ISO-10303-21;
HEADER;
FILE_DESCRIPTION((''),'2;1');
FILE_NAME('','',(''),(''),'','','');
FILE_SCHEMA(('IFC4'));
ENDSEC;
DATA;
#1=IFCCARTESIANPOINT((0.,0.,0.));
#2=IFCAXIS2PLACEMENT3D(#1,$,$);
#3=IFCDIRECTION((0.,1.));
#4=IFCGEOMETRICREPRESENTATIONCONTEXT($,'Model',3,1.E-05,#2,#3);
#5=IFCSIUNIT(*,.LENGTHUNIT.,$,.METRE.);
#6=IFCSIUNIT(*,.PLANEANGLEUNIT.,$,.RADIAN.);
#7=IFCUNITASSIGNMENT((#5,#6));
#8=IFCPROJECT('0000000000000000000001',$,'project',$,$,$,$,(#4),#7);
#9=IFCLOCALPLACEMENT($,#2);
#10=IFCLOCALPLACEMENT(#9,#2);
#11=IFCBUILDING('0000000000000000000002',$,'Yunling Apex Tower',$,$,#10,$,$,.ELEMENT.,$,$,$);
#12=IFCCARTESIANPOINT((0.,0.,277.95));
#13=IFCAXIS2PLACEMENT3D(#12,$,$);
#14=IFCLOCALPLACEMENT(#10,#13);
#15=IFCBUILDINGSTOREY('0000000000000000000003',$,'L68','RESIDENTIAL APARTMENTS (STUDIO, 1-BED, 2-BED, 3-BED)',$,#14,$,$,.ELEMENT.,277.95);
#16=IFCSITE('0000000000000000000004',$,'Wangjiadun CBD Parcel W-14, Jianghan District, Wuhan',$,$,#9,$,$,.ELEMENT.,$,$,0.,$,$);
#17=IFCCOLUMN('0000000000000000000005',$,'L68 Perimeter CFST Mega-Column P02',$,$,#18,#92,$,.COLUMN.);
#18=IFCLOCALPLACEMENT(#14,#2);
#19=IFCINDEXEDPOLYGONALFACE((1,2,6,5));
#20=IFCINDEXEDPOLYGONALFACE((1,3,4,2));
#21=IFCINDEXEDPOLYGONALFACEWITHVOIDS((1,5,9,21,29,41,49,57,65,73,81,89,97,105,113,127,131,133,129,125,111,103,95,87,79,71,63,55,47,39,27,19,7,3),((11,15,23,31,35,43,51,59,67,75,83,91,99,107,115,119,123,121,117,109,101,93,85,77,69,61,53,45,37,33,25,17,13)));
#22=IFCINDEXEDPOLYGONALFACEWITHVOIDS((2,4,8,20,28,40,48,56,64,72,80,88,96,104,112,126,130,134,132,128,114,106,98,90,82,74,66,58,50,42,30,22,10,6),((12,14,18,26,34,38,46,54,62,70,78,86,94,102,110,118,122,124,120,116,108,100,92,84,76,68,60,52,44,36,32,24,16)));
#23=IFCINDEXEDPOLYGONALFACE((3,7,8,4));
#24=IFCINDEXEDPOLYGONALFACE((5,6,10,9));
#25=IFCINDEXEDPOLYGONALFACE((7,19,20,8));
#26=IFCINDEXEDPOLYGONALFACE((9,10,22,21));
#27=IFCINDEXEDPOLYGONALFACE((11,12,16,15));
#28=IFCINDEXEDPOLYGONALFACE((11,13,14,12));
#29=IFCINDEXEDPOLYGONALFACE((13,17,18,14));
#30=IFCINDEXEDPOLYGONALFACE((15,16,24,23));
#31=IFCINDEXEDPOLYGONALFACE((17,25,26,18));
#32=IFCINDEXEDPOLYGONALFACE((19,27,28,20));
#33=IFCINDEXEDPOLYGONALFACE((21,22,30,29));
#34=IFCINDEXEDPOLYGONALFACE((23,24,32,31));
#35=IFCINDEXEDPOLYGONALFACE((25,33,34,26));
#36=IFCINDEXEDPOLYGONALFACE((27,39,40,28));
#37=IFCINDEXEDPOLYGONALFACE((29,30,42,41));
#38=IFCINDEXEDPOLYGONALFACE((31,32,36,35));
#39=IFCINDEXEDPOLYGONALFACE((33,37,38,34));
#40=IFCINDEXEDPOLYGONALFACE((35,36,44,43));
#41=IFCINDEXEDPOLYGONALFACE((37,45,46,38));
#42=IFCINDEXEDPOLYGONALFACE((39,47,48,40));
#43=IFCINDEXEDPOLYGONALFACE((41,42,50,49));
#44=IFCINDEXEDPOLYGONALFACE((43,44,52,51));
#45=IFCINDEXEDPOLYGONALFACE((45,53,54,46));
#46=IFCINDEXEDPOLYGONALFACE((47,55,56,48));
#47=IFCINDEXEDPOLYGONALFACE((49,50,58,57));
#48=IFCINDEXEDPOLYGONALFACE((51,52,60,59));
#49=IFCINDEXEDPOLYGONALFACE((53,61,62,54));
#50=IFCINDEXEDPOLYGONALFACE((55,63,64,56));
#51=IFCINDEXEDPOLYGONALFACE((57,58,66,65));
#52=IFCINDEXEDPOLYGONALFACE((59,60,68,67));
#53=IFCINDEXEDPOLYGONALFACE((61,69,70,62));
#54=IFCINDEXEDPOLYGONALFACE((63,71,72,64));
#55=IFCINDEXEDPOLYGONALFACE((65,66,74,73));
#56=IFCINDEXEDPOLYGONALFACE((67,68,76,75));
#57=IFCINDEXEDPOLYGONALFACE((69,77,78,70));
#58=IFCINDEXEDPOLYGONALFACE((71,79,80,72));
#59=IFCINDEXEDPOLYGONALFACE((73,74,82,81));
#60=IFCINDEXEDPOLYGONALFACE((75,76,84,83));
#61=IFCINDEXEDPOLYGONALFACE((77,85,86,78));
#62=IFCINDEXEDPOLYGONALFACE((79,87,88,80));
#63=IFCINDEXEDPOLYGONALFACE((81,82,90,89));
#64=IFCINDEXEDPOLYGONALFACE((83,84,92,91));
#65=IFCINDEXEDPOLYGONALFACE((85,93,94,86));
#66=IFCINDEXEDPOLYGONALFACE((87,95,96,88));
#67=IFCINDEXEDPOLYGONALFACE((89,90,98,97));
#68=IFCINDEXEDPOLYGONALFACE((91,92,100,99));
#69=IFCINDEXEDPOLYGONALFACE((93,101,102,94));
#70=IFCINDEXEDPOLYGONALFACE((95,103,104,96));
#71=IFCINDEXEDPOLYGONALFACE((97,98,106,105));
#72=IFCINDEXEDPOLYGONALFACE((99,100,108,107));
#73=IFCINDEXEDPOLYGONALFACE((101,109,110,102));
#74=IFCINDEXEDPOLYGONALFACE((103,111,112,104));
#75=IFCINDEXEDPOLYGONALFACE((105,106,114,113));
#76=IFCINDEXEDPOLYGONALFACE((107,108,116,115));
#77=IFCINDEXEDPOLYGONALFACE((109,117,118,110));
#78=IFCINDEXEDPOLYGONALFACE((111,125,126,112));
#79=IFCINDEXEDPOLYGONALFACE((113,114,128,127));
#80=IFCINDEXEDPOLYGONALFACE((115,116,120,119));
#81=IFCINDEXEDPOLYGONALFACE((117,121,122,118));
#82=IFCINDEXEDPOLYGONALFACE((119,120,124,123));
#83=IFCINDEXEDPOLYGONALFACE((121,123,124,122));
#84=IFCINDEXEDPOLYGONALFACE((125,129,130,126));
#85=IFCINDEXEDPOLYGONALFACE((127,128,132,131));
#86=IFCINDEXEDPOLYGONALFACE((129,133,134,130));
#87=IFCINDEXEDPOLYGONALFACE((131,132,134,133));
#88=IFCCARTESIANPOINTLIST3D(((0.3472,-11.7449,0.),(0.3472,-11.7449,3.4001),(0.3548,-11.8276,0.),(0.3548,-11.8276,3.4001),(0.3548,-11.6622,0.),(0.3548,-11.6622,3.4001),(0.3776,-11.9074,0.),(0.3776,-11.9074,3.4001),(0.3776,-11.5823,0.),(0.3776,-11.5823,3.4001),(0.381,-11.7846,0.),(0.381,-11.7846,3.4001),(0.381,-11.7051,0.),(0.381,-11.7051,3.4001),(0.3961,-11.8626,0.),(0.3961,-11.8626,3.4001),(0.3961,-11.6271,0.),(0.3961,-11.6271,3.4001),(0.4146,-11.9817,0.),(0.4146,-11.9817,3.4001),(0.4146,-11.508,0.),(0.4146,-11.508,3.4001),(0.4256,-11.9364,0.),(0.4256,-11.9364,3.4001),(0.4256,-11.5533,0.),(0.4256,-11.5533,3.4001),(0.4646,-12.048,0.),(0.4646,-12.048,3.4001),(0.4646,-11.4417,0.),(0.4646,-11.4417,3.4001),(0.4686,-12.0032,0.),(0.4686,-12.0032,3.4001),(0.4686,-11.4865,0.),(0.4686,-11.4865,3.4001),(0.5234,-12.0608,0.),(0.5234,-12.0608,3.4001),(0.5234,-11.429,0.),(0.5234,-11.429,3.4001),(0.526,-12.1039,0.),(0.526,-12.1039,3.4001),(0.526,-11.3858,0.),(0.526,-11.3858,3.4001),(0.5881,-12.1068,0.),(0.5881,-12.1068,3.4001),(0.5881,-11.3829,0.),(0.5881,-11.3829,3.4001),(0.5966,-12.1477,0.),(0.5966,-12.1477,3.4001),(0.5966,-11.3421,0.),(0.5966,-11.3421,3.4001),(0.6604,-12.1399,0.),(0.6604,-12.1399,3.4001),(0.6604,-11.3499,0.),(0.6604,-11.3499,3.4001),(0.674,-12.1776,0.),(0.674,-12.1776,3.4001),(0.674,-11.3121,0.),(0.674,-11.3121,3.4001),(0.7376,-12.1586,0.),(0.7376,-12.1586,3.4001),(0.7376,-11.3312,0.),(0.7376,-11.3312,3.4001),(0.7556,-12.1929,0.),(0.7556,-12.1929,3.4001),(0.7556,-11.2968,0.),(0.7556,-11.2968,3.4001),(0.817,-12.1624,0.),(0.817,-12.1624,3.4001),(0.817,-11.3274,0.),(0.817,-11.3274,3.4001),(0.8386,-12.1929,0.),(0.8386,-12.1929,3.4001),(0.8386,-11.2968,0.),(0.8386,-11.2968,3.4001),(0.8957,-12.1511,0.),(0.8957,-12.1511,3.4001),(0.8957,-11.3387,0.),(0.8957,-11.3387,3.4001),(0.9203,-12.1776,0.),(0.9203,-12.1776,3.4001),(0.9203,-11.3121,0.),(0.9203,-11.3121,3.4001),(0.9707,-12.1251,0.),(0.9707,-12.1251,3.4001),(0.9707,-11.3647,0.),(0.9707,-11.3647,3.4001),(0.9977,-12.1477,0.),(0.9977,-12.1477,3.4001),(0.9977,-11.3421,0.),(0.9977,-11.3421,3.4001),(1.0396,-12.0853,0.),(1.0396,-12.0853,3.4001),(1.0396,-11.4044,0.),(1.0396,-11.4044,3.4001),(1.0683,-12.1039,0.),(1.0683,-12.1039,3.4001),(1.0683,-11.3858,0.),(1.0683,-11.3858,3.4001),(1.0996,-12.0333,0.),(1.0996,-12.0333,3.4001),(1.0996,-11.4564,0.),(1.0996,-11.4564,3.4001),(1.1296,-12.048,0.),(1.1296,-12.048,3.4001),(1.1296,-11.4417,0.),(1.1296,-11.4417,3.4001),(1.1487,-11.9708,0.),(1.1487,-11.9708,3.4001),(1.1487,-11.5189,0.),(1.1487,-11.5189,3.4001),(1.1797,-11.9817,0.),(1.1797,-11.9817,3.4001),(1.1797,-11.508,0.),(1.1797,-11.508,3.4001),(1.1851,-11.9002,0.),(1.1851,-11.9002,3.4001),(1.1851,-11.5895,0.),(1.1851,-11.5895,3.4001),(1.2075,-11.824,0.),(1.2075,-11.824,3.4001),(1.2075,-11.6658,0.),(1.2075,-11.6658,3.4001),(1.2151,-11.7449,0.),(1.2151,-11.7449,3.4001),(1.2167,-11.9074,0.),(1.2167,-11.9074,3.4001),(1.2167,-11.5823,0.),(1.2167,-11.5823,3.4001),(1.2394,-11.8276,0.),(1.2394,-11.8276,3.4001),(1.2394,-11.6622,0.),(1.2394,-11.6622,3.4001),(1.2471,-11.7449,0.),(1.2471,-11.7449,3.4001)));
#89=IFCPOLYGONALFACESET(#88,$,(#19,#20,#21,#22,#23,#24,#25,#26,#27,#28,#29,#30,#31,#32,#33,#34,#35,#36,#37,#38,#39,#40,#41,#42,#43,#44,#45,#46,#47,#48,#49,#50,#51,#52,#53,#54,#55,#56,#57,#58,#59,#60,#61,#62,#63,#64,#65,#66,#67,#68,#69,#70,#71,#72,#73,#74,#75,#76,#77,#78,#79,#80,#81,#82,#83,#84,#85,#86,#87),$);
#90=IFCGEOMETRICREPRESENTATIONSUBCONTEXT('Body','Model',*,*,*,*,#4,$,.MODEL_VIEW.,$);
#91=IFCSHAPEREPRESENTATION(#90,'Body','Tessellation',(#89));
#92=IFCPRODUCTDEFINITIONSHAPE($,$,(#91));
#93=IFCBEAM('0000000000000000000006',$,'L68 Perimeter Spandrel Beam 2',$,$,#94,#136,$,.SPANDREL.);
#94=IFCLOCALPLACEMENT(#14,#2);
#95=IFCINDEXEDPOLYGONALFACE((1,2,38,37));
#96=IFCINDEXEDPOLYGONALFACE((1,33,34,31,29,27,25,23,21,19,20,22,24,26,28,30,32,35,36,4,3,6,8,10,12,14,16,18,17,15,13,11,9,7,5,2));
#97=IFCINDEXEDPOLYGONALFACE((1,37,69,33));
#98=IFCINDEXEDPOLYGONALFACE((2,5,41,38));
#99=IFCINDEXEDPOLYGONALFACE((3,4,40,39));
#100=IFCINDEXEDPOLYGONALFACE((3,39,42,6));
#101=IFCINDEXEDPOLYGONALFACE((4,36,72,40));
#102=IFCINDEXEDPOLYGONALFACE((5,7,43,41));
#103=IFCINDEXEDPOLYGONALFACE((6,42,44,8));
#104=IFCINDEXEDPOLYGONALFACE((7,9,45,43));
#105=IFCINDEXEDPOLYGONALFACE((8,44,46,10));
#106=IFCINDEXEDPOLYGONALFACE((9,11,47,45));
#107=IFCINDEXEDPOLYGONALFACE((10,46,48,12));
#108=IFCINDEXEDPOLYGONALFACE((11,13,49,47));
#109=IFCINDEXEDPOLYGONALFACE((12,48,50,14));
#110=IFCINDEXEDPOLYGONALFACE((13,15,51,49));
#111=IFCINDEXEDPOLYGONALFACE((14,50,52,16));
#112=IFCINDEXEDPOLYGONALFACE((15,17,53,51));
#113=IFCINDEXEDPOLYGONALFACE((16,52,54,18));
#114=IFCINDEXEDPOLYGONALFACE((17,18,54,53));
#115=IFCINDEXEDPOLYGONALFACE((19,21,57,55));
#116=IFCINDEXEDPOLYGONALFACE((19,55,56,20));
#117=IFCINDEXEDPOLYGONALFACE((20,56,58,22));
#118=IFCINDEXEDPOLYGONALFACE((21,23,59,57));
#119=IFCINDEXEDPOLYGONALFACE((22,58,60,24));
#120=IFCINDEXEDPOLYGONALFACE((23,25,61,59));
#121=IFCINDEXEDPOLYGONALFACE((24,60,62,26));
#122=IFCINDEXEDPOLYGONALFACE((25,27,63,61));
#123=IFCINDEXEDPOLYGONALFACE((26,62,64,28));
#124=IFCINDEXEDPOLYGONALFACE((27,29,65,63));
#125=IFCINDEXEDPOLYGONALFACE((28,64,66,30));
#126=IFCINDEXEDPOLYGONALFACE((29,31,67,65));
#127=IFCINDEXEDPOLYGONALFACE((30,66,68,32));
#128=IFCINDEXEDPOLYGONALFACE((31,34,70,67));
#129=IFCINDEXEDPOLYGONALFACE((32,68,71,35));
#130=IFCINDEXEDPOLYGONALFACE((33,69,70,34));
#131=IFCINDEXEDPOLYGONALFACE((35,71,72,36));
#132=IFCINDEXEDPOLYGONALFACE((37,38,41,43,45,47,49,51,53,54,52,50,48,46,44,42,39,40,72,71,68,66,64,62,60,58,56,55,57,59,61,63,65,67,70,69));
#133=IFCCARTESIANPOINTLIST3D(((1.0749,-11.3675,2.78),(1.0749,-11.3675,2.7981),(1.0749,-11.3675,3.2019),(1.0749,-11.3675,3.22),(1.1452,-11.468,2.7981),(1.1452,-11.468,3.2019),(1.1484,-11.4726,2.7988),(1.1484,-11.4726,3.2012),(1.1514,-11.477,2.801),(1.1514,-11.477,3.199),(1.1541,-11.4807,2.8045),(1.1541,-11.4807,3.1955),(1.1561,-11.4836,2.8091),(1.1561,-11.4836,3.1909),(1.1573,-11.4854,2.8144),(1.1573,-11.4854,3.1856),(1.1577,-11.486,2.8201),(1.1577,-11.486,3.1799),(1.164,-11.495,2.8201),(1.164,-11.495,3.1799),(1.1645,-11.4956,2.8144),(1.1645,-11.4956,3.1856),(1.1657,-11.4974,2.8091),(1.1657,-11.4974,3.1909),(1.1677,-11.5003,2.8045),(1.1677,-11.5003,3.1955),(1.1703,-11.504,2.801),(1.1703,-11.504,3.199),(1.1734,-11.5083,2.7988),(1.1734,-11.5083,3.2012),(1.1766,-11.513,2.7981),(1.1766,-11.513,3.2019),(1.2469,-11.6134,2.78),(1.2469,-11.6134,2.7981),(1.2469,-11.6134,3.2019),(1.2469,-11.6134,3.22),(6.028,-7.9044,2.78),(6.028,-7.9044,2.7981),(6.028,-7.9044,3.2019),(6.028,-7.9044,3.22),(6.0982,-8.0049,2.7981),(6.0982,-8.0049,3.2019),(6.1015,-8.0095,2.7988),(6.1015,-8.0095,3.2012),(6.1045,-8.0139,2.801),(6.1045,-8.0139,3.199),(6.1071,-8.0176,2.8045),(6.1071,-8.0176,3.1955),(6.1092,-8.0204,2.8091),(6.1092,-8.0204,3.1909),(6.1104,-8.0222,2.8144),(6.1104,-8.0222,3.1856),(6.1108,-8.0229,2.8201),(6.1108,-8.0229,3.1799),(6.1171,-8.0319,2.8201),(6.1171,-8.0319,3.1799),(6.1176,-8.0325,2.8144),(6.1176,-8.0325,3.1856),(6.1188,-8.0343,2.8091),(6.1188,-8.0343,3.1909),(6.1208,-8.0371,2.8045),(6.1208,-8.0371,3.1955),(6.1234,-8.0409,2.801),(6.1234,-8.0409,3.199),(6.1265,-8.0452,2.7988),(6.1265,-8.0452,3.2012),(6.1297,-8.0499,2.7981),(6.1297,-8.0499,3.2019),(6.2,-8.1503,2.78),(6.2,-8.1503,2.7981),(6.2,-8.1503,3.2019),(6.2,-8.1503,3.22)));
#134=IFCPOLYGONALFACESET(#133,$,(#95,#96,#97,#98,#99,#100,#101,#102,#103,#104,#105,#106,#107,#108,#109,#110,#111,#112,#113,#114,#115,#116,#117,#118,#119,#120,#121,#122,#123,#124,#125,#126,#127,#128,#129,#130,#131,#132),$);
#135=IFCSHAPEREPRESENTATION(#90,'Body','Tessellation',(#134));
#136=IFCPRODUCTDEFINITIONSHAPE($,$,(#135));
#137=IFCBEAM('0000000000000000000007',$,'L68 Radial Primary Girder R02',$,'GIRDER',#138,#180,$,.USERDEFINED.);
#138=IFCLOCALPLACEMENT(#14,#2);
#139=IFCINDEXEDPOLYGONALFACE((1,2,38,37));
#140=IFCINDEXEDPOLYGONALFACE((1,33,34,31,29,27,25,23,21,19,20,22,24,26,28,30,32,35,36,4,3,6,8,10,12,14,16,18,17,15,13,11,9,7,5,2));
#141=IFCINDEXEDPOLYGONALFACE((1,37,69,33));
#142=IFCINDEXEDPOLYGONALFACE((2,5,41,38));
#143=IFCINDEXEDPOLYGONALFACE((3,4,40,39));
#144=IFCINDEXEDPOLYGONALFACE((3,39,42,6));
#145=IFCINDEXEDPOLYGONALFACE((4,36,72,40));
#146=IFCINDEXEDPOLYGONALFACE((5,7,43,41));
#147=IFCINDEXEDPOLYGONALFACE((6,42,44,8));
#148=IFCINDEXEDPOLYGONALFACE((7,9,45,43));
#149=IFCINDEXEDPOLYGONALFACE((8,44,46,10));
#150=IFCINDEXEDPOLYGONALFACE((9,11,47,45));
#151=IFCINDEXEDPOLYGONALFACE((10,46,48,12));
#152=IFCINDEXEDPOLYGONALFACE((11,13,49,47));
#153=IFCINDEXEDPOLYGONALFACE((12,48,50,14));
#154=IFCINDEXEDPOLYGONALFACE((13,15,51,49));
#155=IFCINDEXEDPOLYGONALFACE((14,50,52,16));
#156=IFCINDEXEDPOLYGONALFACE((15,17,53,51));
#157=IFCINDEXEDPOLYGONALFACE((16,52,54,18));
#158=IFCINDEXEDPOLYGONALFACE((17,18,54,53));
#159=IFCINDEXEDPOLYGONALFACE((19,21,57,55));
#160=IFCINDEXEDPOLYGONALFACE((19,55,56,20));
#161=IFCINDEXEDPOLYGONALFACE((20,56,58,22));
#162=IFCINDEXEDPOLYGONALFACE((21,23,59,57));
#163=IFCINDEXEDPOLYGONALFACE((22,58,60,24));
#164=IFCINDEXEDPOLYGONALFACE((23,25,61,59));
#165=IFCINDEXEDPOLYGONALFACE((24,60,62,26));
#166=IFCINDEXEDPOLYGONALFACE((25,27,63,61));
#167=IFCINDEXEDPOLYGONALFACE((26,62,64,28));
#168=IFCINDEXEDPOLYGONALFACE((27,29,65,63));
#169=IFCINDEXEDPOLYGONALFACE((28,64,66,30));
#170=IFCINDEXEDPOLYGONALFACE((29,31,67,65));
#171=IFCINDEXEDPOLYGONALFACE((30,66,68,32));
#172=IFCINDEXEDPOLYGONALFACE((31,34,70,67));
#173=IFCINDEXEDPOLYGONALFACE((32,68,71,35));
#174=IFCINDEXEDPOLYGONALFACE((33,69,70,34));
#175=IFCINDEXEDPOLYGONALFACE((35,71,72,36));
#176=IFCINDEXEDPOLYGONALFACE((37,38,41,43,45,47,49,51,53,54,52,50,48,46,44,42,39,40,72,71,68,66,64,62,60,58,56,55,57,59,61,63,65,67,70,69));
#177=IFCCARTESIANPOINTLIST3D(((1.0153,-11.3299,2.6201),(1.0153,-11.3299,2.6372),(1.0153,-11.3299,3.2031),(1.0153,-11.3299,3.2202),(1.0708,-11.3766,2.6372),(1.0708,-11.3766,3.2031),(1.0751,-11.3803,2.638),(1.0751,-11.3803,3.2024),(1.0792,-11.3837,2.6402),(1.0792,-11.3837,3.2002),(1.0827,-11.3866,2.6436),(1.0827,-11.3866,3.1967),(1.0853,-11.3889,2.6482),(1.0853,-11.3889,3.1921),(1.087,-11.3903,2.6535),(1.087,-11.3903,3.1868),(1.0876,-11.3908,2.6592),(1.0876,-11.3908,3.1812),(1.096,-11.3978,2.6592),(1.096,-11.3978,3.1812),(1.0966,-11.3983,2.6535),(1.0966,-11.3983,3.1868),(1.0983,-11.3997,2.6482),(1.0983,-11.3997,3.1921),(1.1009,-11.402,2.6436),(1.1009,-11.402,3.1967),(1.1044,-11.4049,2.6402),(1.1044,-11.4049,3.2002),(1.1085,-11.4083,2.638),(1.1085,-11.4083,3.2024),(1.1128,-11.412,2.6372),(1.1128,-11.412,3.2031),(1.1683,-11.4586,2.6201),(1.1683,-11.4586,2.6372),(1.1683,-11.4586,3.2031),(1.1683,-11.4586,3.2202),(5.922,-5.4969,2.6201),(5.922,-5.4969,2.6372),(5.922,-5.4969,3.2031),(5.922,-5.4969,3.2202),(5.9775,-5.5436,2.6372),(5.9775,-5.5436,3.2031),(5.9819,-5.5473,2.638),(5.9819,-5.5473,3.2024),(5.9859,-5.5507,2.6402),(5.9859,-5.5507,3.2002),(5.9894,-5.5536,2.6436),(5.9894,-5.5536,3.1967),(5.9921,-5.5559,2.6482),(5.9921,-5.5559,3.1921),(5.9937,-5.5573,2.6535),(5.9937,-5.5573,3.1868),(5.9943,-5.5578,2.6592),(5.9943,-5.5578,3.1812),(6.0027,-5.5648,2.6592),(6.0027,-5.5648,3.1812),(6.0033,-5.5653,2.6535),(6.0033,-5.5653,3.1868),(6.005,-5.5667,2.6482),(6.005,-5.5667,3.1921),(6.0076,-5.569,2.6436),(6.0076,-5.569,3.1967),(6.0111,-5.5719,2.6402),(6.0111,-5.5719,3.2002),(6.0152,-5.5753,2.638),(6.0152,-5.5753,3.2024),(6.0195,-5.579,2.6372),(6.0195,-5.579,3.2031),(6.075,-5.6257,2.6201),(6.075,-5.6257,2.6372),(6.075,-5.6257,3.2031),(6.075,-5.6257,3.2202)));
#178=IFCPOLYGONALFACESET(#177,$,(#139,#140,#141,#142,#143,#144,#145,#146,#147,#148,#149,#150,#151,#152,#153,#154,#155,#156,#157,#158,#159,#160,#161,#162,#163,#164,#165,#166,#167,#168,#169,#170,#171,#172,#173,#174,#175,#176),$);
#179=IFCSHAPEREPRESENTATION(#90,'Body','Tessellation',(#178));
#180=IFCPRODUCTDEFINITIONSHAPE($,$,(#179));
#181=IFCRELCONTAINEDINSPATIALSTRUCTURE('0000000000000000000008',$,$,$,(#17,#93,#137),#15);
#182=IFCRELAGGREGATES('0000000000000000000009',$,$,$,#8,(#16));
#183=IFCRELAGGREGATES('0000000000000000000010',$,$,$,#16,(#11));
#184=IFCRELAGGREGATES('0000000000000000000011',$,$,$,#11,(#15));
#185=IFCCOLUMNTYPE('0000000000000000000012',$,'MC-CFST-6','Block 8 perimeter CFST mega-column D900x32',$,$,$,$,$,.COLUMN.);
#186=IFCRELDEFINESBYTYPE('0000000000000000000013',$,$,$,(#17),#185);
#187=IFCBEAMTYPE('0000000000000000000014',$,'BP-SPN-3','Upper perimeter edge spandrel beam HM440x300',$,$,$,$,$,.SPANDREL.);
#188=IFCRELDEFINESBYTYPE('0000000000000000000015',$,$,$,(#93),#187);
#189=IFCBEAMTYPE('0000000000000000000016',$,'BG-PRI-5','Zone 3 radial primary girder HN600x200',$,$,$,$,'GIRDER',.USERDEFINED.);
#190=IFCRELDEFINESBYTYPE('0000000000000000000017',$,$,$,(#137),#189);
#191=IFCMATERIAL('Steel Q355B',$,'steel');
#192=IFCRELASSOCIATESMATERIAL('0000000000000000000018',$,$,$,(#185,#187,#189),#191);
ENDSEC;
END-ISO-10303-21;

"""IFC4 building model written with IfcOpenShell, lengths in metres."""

from ifc_helpers import new_model, si_unit, direction, frame, origin, origin_2d, place, context, subcontext, project, spatial, hollow_circle, i_section, extrude, source, transform, mapped, material, material_profile, profile_set, type_object, element, save


model = new_model("IFC4")

# Units and contexts
model_context = context("Model", 3, precision=1e-05, world=origin(), true_north=direction((0.0, 1.0)))
body_context = subcontext(model_context, "Body", "Model", "MODEL_VIEW")
ifc_project = project(units=[si_unit("LENGTHUNIT", "METRE"), si_unit("PLANEANGLEUNIT", "RADIAN")], contexts=[model_context])

# Site, building, storey
site_placement = place(None, origin())
site = spatial("IfcSite", under=ifc_project, at=site_placement, Name="Wangjiadun CBD Parcel W-14, Jianghan District, Wuhan", CompositionType="ELEMENT", RefElevation=0.0)
building_placement = place(site_placement, origin())
building = spatial("IfcBuilding", under=site, at=building_placement, Name="Yunling Apex Tower", CompositionType="ELEMENT")
storey_placement = place(building_placement, frame((0.0, 0.0, 277.95)))
storey = spatial("IfcBuildingStorey", under=building, at=storey_placement, Name="L68", Description="RESIDENTIAL APARTMENTS (STUDIO, 1-BED, 2-BED, 3-BED)", CompositionType="ELEMENT", Elevation=277.95)

# Column
ifc_material_1 = material(Name="Steel Q355B", Category="steel")
ifc_material_profile_1 = material_profile(ifc_material_1, hollow_circle(Radius=0.45, WallThickness=0.032, at=origin_2d()))
ifc_profile_set_1 = profile_set([ifc_material_profile_1], Name="Steel Q355B")
column_type = type_object("IfcColumnType", Name="MC-CFST-6", Description="Block 8 perimeter CFST mega-column D900x32", PredefinedType="COLUMN", material=ifc_profile_set_1)
shared_shape_1 = source(origin(), body_context, "Body", "SweptSolid", [
    extrude(hollow_circle(Radius=0.45, WallThickness=0.032, at=origin_2d()), origin(), (0.0, 0.0, 1.0), 3.4001),
])
column_placement = place(storey_placement, frame((0.7971, -11.7449, 0.0), z_axis=(0.0, 0.0, 1.0), x_axis=(1.0, 0.0, 0.0)))
element("IfcColumn", 1, at=column_placement, inside=storey, type_object=column_type, Name="L68 Perimeter CFST Mega-Column P02", PredefinedType="COLUMN", context=body_context, shape_type="MappedRepresentation", body=[
    mapped(shared_shape_1, transform((0.0, 0.0, 0.0), scale=1.0)),
])

# Beams
ifc_material_profile_2 = material_profile(ifc_material_1, i_section(OverallWidth=0.3, OverallDepth=0.4399, WebThickness=0.011, FlangeThickness=0.0181, FilletRadius=0.022, at=origin_2d()))
ifc_profile_set_2 = profile_set([ifc_material_profile_2], Name="Steel Q355B")
beam_type_1 = type_object("IfcBeamType", Name="BP-SPN-3", Description="Upper perimeter edge spandrel beam HM440x300", PredefinedType="SPANDREL", material=ifc_profile_set_2)
shared_shape_2 = source(origin(), body_context, "Body", "SweptSolid", [
    extrude(i_section(OverallWidth=0.3, OverallDepth=0.4399, WebThickness=0.011, FlangeThickness=0.0181, FilletRadius=0.022, at=origin_2d()), origin(), (0.0, 0.0, 1.0), 6.0437),
])
beam_1_placement = place(storey_placement, frame((1.1609, -11.4905, 3.0), z_axis=(0.819547, 0.573012, 0.0), x_axis=(-0.573012, 0.819547, 0.0)))
element("IfcBeam", 2, at=beam_1_placement, inside=storey, type_object=beam_type_1, Name="L68 Perimeter Spandrel Beam 2", PredefinedType="SPANDREL", context=body_context, shape_type="MappedRepresentation", body=[
    mapped(shared_shape_2, transform((0.0, 0.0, 0.0), scale=1.0)),
])
ifc_material_profile_3 = material_profile(ifc_material_1, i_section(OverallWidth=0.2, OverallDepth=0.6001, WebThickness=0.011, FlangeThickness=0.0171, FilletRadius=0.022, at=origin_2d()))
ifc_profile_set_3 = profile_set([ifc_material_profile_3], Name="Steel Q355B")
beam_type_2 = type_object("IfcBeamType", Name="BG-PRI-5", Description="Zone 3 radial primary girder HN600x200", ElementType="GIRDER", PredefinedType="USERDEFINED", material=ifc_profile_set_3)
shared_shape_3 = source(origin(), body_context, "Body", "SweptSolid", [
    extrude(i_section(OverallWidth=0.2, OverallDepth=0.6001, WebThickness=0.011, FlangeThickness=0.0171, FilletRadius=0.022, at=origin_2d()), origin(), (0.0, 0.0, 1.0), 7.6223),
])
beam_2_placement = place(storey_placement, frame((1.0918, -11.3943, 2.9202), z_axis=(0.643731, 0.765252, 0.0), x_axis=(-0.765252, 0.643731, 0.0)))
element("IfcBeam", 3, at=beam_2_placement, inside=storey, type_object=beam_type_2, Name="L68 Radial Primary Girder R02", ObjectType="GIRDER", PredefinedType="USERDEFINED", context=body_context, shape_type="MappedRepresentation", body=[
    mapped(shared_shape_3, transform((0.0, 0.0, 0.0), scale=1.0)),
])

save(model, "model.ifc")
